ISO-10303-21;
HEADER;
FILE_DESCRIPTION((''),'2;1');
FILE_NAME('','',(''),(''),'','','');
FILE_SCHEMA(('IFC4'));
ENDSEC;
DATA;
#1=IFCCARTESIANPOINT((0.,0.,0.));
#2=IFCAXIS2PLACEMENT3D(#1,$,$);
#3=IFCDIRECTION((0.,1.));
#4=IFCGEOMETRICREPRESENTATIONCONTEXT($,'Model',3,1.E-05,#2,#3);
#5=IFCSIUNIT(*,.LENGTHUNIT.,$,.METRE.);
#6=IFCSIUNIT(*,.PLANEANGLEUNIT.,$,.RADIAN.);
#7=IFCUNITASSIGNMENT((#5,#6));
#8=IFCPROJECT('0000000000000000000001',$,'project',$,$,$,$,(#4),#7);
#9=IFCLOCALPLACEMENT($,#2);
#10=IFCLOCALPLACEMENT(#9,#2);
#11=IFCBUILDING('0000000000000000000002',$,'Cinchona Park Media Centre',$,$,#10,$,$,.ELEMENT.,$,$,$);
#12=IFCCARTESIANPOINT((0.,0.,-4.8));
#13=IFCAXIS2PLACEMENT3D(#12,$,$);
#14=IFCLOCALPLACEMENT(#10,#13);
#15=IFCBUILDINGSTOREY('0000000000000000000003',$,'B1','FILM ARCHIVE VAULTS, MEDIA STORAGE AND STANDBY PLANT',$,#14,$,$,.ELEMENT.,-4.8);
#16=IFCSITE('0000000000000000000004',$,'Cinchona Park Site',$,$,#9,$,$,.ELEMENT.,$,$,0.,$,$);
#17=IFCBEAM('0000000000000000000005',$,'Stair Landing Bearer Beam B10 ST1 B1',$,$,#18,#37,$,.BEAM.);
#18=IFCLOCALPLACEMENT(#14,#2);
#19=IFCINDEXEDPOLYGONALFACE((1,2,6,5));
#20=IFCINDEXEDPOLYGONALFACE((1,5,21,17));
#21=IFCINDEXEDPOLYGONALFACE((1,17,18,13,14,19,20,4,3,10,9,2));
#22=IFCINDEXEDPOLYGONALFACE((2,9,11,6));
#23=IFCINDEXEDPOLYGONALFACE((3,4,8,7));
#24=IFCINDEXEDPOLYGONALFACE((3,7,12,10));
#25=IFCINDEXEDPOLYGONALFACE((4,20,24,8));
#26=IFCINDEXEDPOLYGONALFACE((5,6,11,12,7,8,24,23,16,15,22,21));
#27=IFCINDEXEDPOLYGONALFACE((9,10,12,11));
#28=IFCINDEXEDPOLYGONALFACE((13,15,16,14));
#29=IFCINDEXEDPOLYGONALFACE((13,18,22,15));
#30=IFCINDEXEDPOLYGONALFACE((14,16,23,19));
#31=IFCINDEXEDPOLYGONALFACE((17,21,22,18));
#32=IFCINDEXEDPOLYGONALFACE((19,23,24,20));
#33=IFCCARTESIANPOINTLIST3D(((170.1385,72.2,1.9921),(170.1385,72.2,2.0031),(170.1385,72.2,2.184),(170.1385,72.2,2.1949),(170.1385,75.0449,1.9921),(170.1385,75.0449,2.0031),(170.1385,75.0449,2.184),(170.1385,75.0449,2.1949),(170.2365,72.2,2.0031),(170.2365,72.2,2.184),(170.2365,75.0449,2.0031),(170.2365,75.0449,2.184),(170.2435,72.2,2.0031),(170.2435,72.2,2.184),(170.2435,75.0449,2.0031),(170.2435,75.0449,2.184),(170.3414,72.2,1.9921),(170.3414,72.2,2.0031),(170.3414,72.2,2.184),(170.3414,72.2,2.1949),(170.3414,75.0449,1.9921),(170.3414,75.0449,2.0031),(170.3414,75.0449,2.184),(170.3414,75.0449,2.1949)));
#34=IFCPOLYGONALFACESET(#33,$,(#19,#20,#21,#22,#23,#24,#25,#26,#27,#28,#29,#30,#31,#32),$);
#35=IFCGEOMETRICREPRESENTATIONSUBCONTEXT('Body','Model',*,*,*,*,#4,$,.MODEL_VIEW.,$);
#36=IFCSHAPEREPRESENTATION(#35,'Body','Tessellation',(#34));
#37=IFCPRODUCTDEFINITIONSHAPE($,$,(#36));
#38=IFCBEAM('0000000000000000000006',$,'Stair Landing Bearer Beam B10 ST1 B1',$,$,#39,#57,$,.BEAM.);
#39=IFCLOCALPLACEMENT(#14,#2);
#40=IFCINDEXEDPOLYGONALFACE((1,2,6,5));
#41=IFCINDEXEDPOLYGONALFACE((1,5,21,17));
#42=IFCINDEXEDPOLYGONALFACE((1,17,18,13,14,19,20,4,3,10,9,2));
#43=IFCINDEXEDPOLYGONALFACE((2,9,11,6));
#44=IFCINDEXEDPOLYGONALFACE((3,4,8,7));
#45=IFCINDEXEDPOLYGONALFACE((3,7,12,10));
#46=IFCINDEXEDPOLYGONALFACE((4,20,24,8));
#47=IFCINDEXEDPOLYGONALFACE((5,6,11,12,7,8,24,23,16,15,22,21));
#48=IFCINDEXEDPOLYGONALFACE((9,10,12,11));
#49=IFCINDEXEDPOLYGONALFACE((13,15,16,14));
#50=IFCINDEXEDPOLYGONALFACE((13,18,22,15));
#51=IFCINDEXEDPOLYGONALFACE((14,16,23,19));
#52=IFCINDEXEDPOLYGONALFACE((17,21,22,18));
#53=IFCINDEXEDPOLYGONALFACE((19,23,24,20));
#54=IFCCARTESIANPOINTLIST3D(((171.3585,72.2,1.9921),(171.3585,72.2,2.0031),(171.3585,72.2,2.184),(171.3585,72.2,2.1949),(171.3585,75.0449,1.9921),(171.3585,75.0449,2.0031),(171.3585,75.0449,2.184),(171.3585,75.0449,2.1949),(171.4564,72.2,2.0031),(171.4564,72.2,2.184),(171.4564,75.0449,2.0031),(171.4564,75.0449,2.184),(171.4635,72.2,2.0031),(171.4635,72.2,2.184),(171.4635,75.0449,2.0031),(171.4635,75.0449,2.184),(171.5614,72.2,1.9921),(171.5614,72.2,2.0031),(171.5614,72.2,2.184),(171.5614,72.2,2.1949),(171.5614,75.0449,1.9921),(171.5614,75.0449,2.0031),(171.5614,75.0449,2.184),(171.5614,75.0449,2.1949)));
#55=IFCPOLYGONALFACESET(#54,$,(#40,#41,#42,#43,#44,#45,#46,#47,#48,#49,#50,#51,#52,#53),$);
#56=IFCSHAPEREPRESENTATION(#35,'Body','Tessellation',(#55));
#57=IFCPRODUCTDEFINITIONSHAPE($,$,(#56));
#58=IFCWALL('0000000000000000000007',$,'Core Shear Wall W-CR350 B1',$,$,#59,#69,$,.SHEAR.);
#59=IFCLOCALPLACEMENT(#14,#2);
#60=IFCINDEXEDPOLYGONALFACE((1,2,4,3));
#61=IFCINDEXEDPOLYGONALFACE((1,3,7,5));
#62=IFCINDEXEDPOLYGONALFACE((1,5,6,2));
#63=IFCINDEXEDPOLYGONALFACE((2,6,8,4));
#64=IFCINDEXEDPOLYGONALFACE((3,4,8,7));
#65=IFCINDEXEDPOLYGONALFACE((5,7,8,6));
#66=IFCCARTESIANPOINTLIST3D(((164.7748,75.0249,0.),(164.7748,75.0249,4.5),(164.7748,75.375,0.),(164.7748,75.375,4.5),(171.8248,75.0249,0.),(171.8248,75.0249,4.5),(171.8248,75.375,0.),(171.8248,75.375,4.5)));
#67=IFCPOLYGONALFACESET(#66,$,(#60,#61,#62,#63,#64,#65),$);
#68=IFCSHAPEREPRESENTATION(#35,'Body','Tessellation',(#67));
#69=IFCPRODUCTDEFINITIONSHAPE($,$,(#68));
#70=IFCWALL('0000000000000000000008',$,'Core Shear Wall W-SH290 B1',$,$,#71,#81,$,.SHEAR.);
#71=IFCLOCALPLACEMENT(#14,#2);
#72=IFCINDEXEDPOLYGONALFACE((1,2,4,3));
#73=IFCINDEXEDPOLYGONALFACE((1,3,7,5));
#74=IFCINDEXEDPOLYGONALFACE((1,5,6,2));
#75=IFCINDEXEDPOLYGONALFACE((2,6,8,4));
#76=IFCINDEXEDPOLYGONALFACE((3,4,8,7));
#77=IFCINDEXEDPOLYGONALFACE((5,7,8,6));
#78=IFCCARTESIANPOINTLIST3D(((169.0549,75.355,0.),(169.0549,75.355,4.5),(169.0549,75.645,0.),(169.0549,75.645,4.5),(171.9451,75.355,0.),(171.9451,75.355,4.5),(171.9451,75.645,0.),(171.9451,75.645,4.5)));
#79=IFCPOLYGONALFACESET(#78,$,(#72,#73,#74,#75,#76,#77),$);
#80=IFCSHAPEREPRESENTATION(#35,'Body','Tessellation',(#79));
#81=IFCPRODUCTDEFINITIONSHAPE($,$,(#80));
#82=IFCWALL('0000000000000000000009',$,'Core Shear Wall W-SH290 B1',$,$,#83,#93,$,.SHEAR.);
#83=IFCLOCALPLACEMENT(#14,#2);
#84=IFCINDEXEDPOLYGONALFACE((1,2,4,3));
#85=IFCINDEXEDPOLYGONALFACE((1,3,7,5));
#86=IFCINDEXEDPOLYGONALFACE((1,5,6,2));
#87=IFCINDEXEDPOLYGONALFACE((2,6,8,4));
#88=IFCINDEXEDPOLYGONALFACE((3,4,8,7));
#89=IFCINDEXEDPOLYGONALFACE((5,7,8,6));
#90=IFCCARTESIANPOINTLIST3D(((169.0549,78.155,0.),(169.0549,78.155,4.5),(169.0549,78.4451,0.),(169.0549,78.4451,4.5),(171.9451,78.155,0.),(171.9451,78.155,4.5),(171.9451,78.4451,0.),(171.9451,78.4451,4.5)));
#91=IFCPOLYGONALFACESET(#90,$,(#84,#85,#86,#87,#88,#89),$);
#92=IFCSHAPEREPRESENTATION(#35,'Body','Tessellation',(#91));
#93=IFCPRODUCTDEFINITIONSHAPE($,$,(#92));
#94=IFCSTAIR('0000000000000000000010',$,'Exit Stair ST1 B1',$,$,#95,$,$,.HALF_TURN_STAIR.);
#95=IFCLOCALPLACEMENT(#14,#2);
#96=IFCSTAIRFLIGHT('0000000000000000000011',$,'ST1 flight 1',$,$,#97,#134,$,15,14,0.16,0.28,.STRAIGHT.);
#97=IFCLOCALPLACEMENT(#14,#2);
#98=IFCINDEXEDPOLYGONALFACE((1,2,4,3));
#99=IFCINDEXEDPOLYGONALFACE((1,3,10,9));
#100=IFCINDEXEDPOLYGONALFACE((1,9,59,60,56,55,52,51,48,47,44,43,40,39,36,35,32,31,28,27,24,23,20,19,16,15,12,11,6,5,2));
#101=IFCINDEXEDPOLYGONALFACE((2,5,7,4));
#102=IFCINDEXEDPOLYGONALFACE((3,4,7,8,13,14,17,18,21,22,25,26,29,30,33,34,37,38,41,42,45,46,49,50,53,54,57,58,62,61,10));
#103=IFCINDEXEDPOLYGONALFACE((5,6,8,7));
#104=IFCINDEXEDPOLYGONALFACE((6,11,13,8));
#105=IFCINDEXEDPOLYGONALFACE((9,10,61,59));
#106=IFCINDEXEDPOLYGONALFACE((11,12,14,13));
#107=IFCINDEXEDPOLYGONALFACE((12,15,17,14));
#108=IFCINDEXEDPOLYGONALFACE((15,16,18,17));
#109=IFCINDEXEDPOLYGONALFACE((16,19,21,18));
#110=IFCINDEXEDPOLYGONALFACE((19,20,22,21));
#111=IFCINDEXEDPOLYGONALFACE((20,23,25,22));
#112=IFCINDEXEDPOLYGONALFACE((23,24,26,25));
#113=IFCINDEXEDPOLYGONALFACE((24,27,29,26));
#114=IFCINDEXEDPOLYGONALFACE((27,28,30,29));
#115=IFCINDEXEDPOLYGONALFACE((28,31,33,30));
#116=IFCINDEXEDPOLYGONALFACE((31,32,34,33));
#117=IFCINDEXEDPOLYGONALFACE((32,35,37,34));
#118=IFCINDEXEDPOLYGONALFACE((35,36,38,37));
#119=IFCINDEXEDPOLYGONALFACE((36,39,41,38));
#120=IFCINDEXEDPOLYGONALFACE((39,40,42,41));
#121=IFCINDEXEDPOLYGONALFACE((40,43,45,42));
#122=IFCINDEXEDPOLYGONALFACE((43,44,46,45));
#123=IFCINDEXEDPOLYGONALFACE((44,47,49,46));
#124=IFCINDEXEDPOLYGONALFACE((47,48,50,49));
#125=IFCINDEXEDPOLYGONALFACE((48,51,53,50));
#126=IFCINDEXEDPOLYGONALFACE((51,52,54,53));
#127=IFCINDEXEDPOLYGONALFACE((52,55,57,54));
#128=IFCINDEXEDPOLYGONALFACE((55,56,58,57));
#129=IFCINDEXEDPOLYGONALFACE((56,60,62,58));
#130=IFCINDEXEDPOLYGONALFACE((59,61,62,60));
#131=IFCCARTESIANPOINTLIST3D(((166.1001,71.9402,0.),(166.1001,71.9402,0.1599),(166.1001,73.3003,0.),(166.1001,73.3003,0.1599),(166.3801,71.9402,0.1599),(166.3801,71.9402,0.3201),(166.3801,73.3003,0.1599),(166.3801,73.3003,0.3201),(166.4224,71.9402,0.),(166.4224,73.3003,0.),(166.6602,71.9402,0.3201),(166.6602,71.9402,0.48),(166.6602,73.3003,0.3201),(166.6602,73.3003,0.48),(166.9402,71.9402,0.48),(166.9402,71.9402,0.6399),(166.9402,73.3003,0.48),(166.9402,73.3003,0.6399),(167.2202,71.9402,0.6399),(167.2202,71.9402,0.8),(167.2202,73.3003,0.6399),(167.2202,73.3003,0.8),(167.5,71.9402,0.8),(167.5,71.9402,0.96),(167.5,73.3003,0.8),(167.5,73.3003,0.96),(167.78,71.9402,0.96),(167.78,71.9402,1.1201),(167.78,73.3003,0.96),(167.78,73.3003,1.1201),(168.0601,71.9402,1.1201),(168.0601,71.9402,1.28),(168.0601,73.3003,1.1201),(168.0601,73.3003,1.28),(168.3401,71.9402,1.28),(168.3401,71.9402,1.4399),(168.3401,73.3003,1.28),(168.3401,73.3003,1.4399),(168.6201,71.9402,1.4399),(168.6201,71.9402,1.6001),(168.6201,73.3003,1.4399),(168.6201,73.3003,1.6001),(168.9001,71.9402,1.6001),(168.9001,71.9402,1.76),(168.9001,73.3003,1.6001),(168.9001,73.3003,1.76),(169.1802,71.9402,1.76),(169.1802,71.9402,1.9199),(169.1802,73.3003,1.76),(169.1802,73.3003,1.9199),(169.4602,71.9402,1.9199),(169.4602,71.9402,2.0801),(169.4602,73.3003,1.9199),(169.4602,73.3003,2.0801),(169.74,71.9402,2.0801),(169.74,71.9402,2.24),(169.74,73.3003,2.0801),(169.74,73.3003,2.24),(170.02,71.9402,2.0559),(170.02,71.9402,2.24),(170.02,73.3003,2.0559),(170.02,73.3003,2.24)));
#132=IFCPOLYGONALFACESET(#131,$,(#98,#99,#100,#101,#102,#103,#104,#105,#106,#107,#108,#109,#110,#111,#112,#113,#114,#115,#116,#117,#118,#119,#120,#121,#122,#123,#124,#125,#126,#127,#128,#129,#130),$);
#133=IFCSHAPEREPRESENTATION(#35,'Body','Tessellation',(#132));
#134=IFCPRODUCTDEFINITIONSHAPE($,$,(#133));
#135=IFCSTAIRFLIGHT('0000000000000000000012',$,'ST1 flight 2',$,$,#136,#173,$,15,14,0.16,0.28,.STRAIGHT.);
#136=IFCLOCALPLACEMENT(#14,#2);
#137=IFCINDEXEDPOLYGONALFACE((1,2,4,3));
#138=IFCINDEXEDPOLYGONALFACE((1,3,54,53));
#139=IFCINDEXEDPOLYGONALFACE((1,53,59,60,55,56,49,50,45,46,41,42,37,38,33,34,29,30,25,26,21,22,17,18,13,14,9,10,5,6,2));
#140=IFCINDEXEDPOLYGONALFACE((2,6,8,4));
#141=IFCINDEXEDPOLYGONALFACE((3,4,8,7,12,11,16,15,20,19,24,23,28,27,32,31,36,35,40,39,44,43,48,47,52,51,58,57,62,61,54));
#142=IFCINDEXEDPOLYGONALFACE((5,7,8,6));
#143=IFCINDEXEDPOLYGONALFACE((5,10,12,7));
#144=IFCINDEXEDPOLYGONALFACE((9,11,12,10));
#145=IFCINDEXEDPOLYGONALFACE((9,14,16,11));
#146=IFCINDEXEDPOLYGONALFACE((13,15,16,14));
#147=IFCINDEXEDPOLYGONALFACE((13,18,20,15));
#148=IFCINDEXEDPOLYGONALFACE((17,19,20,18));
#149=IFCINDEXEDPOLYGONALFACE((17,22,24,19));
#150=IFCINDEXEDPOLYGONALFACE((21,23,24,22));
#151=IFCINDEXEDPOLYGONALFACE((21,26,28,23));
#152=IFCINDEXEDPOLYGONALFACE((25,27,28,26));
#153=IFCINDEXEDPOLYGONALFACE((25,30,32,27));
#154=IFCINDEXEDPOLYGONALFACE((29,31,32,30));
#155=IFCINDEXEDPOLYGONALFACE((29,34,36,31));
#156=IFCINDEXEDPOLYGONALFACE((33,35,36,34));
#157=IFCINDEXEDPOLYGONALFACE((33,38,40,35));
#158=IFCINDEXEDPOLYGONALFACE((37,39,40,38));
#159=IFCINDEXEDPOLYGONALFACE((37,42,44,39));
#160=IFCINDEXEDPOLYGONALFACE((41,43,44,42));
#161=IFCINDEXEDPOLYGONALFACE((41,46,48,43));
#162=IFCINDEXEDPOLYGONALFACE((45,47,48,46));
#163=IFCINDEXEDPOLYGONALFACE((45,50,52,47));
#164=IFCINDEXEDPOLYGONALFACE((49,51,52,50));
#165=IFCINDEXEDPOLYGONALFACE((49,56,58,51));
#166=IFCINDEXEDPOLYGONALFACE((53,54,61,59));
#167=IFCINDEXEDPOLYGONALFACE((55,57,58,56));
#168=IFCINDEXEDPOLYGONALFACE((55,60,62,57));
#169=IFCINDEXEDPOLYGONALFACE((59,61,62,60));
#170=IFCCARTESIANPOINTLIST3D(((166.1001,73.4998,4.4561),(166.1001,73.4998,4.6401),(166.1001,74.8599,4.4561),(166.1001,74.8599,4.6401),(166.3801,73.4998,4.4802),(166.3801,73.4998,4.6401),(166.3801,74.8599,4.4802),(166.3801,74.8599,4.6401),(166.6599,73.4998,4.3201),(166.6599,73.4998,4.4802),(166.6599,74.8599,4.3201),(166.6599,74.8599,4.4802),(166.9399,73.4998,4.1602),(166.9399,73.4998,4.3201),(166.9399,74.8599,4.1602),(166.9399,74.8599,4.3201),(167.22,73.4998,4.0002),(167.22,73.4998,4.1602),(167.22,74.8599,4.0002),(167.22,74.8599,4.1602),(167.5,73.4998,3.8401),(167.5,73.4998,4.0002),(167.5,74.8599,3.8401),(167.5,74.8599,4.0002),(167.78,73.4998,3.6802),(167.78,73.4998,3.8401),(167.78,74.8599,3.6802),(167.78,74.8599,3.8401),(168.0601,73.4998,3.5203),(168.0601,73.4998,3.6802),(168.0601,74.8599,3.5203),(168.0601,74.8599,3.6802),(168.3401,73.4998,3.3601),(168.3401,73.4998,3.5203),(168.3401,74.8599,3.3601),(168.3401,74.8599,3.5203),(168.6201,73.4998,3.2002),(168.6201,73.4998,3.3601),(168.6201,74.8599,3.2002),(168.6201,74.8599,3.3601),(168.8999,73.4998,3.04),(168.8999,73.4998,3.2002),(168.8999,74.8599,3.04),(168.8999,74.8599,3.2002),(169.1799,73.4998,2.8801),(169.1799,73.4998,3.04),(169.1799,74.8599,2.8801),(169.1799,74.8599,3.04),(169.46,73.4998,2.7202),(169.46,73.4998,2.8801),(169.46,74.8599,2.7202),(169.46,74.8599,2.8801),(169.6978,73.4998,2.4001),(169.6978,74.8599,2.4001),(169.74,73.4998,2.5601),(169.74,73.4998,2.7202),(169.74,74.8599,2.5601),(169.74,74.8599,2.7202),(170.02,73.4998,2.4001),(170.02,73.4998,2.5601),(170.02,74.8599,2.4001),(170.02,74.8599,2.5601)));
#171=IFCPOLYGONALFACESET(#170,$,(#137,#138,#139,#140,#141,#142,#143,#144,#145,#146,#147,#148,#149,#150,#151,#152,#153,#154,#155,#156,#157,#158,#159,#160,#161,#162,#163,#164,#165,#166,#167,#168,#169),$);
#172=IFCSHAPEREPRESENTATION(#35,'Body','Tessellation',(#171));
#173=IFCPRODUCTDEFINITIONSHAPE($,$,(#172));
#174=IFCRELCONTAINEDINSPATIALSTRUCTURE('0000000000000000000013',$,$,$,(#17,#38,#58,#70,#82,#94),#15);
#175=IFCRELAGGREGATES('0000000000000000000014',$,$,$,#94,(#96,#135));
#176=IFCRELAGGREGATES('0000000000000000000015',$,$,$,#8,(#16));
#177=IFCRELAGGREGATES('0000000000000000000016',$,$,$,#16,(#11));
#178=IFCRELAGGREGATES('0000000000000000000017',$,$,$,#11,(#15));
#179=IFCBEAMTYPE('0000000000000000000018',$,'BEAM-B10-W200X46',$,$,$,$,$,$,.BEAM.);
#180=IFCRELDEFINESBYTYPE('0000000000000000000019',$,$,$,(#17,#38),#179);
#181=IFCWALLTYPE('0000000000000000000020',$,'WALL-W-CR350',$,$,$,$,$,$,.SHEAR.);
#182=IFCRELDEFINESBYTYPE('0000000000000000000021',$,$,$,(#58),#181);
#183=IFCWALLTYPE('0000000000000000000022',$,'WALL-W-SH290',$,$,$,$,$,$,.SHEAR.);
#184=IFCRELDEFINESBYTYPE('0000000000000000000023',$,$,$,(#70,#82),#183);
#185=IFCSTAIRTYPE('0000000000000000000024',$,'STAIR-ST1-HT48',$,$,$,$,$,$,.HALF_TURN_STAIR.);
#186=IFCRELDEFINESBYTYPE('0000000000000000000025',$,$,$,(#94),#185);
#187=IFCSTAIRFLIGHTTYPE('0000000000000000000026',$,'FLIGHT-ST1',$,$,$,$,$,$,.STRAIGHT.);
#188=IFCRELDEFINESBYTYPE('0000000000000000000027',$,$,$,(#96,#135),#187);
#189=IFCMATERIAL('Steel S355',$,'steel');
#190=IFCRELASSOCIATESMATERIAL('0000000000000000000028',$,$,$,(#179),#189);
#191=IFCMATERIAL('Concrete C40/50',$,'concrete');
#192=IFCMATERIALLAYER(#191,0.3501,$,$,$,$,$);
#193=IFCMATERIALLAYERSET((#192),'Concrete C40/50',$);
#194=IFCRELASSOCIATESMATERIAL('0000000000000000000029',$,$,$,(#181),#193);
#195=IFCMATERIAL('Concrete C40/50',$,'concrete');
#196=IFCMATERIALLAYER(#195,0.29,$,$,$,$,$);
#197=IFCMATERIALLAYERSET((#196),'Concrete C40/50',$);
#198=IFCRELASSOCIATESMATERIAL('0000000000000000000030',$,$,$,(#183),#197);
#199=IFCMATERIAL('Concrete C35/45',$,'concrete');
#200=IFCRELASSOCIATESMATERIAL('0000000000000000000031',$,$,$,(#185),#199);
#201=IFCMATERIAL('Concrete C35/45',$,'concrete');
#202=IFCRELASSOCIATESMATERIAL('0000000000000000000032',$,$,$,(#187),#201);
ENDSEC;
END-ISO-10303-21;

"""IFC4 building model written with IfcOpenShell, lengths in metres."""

from ifc_helpers import new_model, si_unit, direction, frame, frame_2d, origin, origin_2d, place, context, subcontext, project, spatial, polyline, rectangle, i_section, outline, extrude, material, layer, layer_set, material_profile, profile_set, type_object, element, aggregate, save


model = new_model("IFC4")

# Units and contexts
model_context = context("Model", 3, precision=1e-05, world=origin(), true_north=direction((0.0, 1.0)))
body_context = subcontext(model_context, "Body", "Model", "MODEL_VIEW")
ifc_project = project(units=[si_unit("LENGTHUNIT", "METRE"), si_unit("PLANEANGLEUNIT", "RADIAN")], contexts=[model_context])

# Site, building, storey
site_placement = place(None, origin())
site = spatial("IfcSite", under=ifc_project, at=site_placement, Name="Cinchona Park Site", CompositionType="ELEMENT", RefElevation=0.0)
building_placement = place(site_placement, origin())
building = spatial("IfcBuilding", under=site, at=building_placement, Name="Cinchona Park Media Centre", CompositionType="ELEMENT")
storey_placement = place(building_placement, frame((0.0, 0.0, -4.8)))
storey = spatial("IfcBuildingStorey", under=building, at=storey_placement, Name="B1", Description="FILM ARCHIVE VAULTS, MEDIA STORAGE AND STANDBY PLANT", CompositionType="ELEMENT", Elevation=-4.8)

# Beams
ifc_material_1 = material(Name="Steel S355", Category="steel")
ifc_material_profile_1 = material_profile(ifc_material_1, i_section(OverallWidth=0.2029, OverallDepth=0.2029, WebThickness=0.0071, FlangeThickness=0.011, at=origin_2d()), Name="W200X46")
ifc_profile_set_1 = profile_set([ifc_material_profile_1], Name="Steel S355")
beam_type_1 = type_object("IfcBeamType", Name="BEAM-B10-W200X46", PredefinedType="BEAM", material=ifc_profile_set_1)
for number, where, z_axis, x_axis, name in (
    (1, (170.24, 75.0449, 2.0935), (0.0, -1.0, 0.0), (1.0, 0.0, 0.0), "Stair Landing Bearer Beam B10 ST1 B1"),
    (2, (171.46, 75.0449, 2.0935), (0.0, -1.0, 0.0), (1.0, 0.0, 0.0), "Stair Landing Bearer Beam B10 ST1 B1"),
):
    element("IfcBeam", number, at=place(storey_placement, frame(where, z_axis=z_axis, x_axis=x_axis)), inside=storey, type_object=beam_type_1, Name=name, PredefinedType="BEAM", context=body_context, shape_type="SweptSolid", body=[
        extrude(i_section(OverallWidth=0.2029, OverallDepth=0.2029, WebThickness=0.0071, FlangeThickness=0.011, at=origin_2d()), origin(), (0.0, 0.0, 1.0), 2.845),
    ])

# Walls
ifc_material_2 = material(Name="Concrete C40/50", Category="concrete")
ifc_layer_1 = layer(ifc_material_2, 0.3501)
ifc_layer_set_1 = layer_set([ifc_layer_1], Name="Concrete C40/50")
wall_type_1 = type_object("IfcWallType", Name="WALL-W-CR350", PredefinedType="SHEAR", material=ifc_layer_set_1)
wall_1_placement = place(storey_placement, frame((164.7749, 75.2, 0.0), z_axis=(0.0, 0.0, 1.0), x_axis=(1.0, 0.0, 0.0)))
element("IfcWall", 3, at=wall_1_placement, inside=storey, type_object=wall_type_1, Name="Core Shear Wall W-CR350 B1", PredefinedType="SHEAR", context=body_context, shape_type="SweptSolid", body=[
    extrude(rectangle(XDim=7.05, YDim=0.3501, at=frame_2d((3.5249, 0.0))), origin(), (0.0, 0.0, 1.0), 4.5),
])
ifc_material_3 = material(Name="Concrete C40/50", Category="concrete")
ifc_layer_2 = layer(ifc_material_3, 0.29)
ifc_layer_set_2 = layer_set([ifc_layer_2], Name="Concrete C40/50")
wall_type_2 = type_object("IfcWallType", Name="WALL-W-SH290", PredefinedType="SHEAR", material=ifc_layer_set_2)
for number, where, z_axis, x_axis, name in (
    (4, (169.0549, 75.5, 0.0), (0.0, 0.0, 1.0), (1.0, 0.0, 0.0), "Core Shear Wall W-SH290 B1"),
    (5, (169.0549, 78.3, 0.0), (0.0, 0.0, 1.0), (1.0, 0.0, 0.0), "Core Shear Wall W-SH290 B1"),
):
    element("IfcWall", number, at=place(storey_placement, frame(where, z_axis=z_axis, x_axis=x_axis)), inside=storey, type_object=wall_type_2, Name=name, PredefinedType="SHEAR", context=body_context, shape_type="SweptSolid", body=[
        extrude(rectangle(XDim=2.8901, YDim=0.29, at=frame_2d((1.4451, 0.0))), origin(), (0.0, 0.0, 1.0), 4.5),
    ])

# Stair, stair flights
ifc_material_4 = material(Name="Concrete C35/45", Category="concrete")
stair_type = type_object("IfcStairType", Name="STAIR-ST1-HT48", PredefinedType="HALF_TURN_STAIR", material=ifc_material_4)
stair_placement = place(storey_placement, origin())
stair = element("IfcStair", 6, at=stair_placement, inside=storey, type_object=stair_type, Name="Exit Stair ST1 B1", PredefinedType="HALF_TURN_STAIR")
ifc_material_5 = material(Name="Concrete C35/45", Category="concrete")
stair_flight_type = type_object("IfcStairFlightType", Name="FLIGHT-ST1", PredefinedType="STRAIGHT", material=ifc_material_5)
stair_flight_1_placement = place(storey_placement, frame((166.1001, 72.6201, 0.0), z_axis=(0.0, 0.0, 1.0), x_axis=(1.0, 0.0, 0.0)))
stair_flight_1 = element("IfcStairFlight", 7, at=stair_flight_1_placement, type_object=stair_flight_type, Name="ST1 flight 1", NumberOfRisers=15, NumberOfTreads=14, PredefinedType="STRAIGHT", RiserHeight=0.16, TreadLength=0.28, context=body_context, shape_type="SweptSolid", body=[
    extrude(outline(polyline([(0.0, 0.0), (0.0, 0.1599), (0.28, 0.1599), (0.28, 0.3201), (0.5601, 0.3201), (0.5601, 0.48), (0.8401, 0.48), (0.8401, 0.6399), (1.1201, 0.6399), (1.1201, 0.8), (1.3999, 0.8), (1.3999, 0.96), (1.6799, 0.96), (1.6799, 1.1201), (1.96, 1.1201), (1.96, 1.28), (2.24, 1.28), (2.24, 1.4399), (2.52, 1.4399), (2.52, 1.6001), (2.8, 1.6001), (2.8, 1.76), (3.0801, 1.76), (3.0801, 1.9199), (3.3601, 1.9199), (3.3601, 2.0801), (3.6399, 2.0801), (3.6399, 2.24), (3.9199, 2.24), (3.9199, 2.3999), (3.9199, 2.0559), (0.3223, 0.0), (0.0, 0.0)])), frame((0.0, 0.6802, 0.0), z_axis=(0.0, -1.0, 0.0), x_axis=(1.0, 0.0, 0.0)), (0.0, 0.0, 1.0), 1.3601),
])
stair_flight_2_placement = place(storey_placement, frame((170.02, 74.1799, 2.4001), z_axis=(0.0, 0.0, 1.0), x_axis=(-1.0, 0.0, 0.0)))
stair_flight_2 = element("IfcStairFlight", 8, at=stair_flight_2_placement, type_object=stair_flight_type, Name="ST1 flight 2", NumberOfRisers=15, NumberOfTreads=14, PredefinedType="STRAIGHT", RiserHeight=0.16, TreadLength=0.28, context=body_context, shape_type="SweptSolid", body=[
    extrude(outline(polyline([(0.0, 0.0), (0.0, 0.1599), (0.28, 0.1599), (0.28, 0.3201), (0.5601, 0.3201), (0.5601, 0.48), (0.8401, 0.48), (0.8401, 0.6399), (1.1201, 0.6399), (1.1201, 0.8), (1.3999, 0.8), (1.3999, 0.96), (1.6799, 0.96), (1.6799, 1.1201), (1.96, 1.1201), (1.96, 1.28), (2.24, 1.28), (2.24, 1.4399), (2.52, 1.4399), (2.52, 1.6001), (2.8, 1.6001), (2.8, 1.76), (3.0801, 1.76), (3.0801, 1.9199), (3.3601, 1.9199), (3.3601, 2.0801), (3.6399, 2.0801), (3.6399, 2.24), (3.9199, 2.24), (3.9199, 2.3999), (3.9199, 2.0559), (0.3223, 0.0), (0.0, 0.0)])), frame((0.0, 0.6802, 0.0), z_axis=(0.0, -1.0, 0.0), x_axis=(1.0, 0.0, 0.0)), (0.0, 0.0, 1.0), 1.3601),
])
aggregate(stair, [stair_flight_1, stair_flight_2])

save(model, "model.ifc")
